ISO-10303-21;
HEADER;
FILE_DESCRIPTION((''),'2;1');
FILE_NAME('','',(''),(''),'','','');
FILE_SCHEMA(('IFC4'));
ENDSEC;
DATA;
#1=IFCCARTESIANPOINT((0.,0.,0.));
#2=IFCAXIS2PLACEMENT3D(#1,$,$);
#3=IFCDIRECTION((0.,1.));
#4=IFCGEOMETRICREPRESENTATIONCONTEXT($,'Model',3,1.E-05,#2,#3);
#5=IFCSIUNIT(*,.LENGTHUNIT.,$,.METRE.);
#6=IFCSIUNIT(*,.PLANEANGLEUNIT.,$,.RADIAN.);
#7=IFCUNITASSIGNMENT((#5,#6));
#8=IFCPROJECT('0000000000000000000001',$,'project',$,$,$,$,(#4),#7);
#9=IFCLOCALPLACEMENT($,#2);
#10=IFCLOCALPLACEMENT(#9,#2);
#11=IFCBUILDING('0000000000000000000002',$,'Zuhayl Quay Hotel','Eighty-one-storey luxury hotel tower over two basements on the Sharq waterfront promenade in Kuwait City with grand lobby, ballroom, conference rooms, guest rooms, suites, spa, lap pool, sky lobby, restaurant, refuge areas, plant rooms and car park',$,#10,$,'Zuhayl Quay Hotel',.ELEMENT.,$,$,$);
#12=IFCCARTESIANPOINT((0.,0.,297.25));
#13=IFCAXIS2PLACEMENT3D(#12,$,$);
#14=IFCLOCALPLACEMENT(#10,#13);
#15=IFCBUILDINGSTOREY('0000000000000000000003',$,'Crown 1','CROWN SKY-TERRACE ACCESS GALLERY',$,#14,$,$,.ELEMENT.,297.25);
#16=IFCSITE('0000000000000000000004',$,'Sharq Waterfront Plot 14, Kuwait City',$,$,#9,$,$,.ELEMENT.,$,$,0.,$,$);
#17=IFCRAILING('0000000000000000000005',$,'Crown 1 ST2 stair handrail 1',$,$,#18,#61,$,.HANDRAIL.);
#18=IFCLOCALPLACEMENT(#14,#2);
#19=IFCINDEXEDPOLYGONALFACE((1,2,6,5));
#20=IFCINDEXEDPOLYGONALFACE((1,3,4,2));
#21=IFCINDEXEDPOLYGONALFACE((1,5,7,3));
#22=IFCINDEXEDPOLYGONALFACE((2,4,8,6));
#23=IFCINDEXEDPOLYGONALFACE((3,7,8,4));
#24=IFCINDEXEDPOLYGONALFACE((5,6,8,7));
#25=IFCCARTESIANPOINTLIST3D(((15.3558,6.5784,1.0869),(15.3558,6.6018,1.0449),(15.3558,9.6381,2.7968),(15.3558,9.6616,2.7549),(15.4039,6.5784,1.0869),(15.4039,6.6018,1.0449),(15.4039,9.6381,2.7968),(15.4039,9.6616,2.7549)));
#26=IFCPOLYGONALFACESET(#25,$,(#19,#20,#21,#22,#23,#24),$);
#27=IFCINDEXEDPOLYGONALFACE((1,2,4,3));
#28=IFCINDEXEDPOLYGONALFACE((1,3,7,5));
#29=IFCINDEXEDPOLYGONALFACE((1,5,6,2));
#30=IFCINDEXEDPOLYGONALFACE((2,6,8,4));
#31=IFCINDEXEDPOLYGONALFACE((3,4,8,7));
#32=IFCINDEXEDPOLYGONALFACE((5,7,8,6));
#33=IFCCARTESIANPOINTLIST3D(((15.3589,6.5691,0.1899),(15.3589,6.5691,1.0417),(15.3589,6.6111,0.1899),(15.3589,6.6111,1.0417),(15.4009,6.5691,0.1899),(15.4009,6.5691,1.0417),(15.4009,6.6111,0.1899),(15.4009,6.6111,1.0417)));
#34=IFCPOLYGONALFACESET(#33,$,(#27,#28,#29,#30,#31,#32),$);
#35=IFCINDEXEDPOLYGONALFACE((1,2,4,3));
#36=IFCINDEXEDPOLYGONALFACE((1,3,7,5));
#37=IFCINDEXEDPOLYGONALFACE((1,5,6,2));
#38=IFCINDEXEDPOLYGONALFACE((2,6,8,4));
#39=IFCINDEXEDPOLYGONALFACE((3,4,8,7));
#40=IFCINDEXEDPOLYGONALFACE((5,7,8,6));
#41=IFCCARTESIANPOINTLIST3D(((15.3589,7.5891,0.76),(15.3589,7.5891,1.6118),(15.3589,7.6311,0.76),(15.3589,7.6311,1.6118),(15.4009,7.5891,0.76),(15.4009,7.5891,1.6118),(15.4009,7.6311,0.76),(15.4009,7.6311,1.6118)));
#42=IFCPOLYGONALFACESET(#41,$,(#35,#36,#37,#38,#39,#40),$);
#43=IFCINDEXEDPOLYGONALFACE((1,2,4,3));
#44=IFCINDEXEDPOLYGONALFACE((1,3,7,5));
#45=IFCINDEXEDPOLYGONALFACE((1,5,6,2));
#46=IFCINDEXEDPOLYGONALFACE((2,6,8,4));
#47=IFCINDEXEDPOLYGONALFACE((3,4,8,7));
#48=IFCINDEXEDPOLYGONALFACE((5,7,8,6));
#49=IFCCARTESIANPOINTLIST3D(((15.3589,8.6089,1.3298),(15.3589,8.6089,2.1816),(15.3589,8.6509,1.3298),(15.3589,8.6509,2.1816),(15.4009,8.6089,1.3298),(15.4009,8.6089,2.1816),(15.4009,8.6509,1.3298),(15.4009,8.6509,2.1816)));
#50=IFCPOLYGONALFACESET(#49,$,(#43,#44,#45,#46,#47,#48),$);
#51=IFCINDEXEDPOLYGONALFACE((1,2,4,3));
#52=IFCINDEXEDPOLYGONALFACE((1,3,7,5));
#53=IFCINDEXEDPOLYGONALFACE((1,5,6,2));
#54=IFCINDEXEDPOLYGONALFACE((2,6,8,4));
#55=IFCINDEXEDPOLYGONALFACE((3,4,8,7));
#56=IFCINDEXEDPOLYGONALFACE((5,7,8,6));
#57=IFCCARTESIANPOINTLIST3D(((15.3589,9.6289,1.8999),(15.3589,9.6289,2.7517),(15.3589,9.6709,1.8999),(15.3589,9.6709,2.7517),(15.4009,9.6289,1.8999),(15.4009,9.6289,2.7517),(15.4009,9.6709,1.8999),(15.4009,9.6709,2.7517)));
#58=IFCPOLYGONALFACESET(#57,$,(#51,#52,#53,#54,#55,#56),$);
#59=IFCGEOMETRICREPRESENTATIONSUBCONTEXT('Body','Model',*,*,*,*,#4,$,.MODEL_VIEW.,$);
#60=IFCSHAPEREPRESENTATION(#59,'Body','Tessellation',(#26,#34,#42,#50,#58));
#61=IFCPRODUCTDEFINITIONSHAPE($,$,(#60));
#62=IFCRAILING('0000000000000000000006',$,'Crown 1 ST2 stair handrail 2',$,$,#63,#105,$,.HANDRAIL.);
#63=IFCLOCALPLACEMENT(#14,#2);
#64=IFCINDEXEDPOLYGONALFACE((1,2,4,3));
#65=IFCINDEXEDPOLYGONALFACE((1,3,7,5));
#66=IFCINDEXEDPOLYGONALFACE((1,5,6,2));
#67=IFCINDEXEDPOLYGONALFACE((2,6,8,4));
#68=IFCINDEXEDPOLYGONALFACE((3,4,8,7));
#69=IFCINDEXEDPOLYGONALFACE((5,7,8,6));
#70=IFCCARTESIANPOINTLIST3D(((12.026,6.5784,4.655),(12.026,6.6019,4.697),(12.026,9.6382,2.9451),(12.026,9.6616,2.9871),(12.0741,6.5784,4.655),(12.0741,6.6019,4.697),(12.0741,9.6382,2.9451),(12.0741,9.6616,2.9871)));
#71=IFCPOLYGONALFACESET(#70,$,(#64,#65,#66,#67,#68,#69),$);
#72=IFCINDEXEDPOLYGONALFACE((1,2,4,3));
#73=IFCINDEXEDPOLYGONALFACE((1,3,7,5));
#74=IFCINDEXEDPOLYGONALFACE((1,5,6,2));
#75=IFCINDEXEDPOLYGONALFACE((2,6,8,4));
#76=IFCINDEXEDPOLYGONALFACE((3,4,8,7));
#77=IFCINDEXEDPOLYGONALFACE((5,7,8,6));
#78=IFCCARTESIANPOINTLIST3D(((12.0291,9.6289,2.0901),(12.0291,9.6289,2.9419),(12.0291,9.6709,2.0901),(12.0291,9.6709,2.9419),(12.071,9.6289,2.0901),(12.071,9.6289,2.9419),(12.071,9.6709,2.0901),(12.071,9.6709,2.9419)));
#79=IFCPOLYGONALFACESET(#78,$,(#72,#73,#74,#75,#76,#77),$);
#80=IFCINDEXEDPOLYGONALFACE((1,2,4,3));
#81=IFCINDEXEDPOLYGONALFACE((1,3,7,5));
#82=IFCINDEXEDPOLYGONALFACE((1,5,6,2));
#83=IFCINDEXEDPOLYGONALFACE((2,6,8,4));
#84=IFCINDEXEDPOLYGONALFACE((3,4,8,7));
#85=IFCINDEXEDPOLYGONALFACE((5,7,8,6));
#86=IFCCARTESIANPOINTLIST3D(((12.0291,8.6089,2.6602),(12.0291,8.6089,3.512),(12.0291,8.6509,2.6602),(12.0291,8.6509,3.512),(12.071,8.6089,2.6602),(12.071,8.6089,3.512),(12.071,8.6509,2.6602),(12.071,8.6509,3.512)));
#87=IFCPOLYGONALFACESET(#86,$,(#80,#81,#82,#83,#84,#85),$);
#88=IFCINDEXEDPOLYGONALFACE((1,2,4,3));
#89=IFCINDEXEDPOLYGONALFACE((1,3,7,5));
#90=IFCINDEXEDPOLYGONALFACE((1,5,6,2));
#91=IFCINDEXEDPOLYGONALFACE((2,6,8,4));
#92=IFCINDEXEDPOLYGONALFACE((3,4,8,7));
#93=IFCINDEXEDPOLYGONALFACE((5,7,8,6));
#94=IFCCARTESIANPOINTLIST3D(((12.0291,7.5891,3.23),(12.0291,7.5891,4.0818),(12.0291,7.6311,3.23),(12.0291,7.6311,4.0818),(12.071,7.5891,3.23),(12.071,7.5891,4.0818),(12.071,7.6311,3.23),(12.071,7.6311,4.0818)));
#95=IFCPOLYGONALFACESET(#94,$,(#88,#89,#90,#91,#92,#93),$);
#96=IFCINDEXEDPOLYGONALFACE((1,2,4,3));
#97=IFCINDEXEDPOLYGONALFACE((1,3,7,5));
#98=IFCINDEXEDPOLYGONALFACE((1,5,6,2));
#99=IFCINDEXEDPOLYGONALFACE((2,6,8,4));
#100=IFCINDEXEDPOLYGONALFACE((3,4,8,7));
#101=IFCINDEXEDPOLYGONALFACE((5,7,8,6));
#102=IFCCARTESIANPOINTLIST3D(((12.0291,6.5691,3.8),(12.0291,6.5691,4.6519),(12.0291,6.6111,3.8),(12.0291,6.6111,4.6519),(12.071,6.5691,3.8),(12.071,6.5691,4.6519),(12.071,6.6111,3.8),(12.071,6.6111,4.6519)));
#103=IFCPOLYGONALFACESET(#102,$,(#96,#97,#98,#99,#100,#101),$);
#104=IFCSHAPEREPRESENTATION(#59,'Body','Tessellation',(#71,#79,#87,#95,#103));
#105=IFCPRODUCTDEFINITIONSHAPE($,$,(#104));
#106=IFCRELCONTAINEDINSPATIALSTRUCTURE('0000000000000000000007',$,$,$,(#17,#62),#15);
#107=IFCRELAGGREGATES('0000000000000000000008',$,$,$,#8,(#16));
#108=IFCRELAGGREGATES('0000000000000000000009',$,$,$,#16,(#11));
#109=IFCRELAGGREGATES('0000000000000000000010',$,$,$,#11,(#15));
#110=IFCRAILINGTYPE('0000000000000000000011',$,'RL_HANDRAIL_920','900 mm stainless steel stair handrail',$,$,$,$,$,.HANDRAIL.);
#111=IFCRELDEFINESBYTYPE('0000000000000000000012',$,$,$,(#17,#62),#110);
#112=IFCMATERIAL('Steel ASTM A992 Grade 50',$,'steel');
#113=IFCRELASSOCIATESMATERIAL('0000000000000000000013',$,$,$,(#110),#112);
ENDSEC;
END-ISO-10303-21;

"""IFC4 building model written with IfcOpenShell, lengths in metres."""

from ifc_helpers import new_model, si_unit, direction, frame, origin, origin_2d, place, context, subcontext, project, spatial, rectangle, extrude, material, type_object, element, save


model = new_model("IFC4")

# Units and contexts
model_context = context("Model", 3, precision=1e-05, world=origin(), true_north=direction((0.0, 1.0)))
body_context = subcontext(model_context, "Body", "Model", "MODEL_VIEW")
ifc_project = project(units=[si_unit("LENGTHUNIT", "METRE"), si_unit("PLANEANGLEUNIT", "RADIAN")], contexts=[model_context])

# Site, building, storey
site_placement = place(None, origin())
site = spatial("IfcSite", under=ifc_project, at=site_placement, Name="Sharq Waterfront Plot 14, Kuwait City", CompositionType="ELEMENT", RefElevation=0.0)
building_placement = place(site_placement, origin())
building = spatial("IfcBuilding", under=site, at=building_placement, Name="Zuhayl Quay Hotel", Description="Eighty-one-storey luxury hotel tower over two basements on the Sharq waterfront promenade in Kuwait City with grand lobby, ballroom, conference rooms, guest rooms, suites, spa, lap pool, sky lobby, restaurant, refuge areas, plant rooms and car park", LongName="Zuhayl Quay Hotel", CompositionType="ELEMENT")
storey_placement = place(building_placement, frame((0.0, 0.0, 297.25)))
storey = spatial("IfcBuildingStorey", under=building, at=storey_placement, Name="Crown 1", Description="CROWN SKY-TERRACE ACCESS GALLERY", CompositionType="ELEMENT", Elevation=297.25)

# Railings
ifc_material_1 = material(Name="Steel ASTM A992 Grade 50", Category="steel")
railing_type_1 = type_object("IfcRailingType", Name="RL_HANDRAIL_920", Description="900 mm stainless steel stair handrail", PredefinedType="HANDRAIL", material=ifc_material_1)
railing_1_placement = place(storey_placement, frame((15.3799, 6.5901, 0.1899)))
element("IfcRailing", 1, at=railing_1_placement, inside=storey, type_object=railing_type_1, Name="Crown 1 ST2 stair handrail 1", PredefinedType="HANDRAIL", context=body_context, shape_type="SweptSolid", body=[
    extrude(rectangle(XDim=0.0481, YDim=0.0481, at=origin_2d()), frame((0.0, 0.0, 0.876), z_axis=(0.0, 0.872936, 0.487835), x_axis=(-1.0, 0.0, 0.0)), (0.0, 0.0, 1.0), 3.5051),
    extrude(rectangle(XDim=0.042, YDim=0.042, at=origin_2d()), origin(), (0.0, 0.0, 1.0), 0.8518),
    extrude(rectangle(XDim=0.042, YDim=0.042, at=origin_2d()), frame((0.0, 1.02, 0.5701)), (0.0, 0.0, 1.0), 0.8518),
    extrude(rectangle(XDim=0.042, YDim=0.042, at=origin_2d()), frame((0.0, 2.0398, 1.1399)), (0.0, 0.0, 1.0), 0.8518),
    extrude(rectangle(XDim=0.042, YDim=0.042, at=origin_2d()), frame((0.0, 3.0598, 1.71)), (0.0, 0.0, 1.0), 0.8518),
])
railing_2_placement = place(storey_placement, frame((12.05, 9.6499, 2.0901)))
element("IfcRailing", 2, at=railing_2_placement, inside=storey, type_object=railing_type_1, Name="Crown 1 ST2 stair handrail 2", PredefinedType="HANDRAIL", context=body_context, shape_type="SweptSolid", body=[
    extrude(rectangle(XDim=0.0481, YDim=0.0481, at=origin_2d()), frame((0.0, 0.0, 0.876), z_axis=(0.0, -0.872936, 0.487835), x_axis=(1.0, 0.0, 0.0)), (0.0, 0.0, 1.0), 3.5051),
    extrude(rectangle(XDim=0.042, YDim=0.042, at=origin_2d()), origin(), (0.0, 0.0, 1.0), 0.8518),
    extrude(rectangle(XDim=0.042, YDim=0.042, at=origin_2d()), frame((0.0, -1.02, 0.5701)), (0.0, 0.0, 1.0), 0.8518),
    extrude(rectangle(XDim=0.042, YDim=0.042, at=origin_2d()), frame((0.0, -2.0398, 1.1399)), (0.0, 0.0, 1.0), 0.8518),
    extrude(rectangle(XDim=0.042, YDim=0.042, at=origin_2d()), frame((0.0, -3.0598, 1.71)), (0.0, 0.0, 1.0), 0.8518),
])

save(model, "model.ifc")
